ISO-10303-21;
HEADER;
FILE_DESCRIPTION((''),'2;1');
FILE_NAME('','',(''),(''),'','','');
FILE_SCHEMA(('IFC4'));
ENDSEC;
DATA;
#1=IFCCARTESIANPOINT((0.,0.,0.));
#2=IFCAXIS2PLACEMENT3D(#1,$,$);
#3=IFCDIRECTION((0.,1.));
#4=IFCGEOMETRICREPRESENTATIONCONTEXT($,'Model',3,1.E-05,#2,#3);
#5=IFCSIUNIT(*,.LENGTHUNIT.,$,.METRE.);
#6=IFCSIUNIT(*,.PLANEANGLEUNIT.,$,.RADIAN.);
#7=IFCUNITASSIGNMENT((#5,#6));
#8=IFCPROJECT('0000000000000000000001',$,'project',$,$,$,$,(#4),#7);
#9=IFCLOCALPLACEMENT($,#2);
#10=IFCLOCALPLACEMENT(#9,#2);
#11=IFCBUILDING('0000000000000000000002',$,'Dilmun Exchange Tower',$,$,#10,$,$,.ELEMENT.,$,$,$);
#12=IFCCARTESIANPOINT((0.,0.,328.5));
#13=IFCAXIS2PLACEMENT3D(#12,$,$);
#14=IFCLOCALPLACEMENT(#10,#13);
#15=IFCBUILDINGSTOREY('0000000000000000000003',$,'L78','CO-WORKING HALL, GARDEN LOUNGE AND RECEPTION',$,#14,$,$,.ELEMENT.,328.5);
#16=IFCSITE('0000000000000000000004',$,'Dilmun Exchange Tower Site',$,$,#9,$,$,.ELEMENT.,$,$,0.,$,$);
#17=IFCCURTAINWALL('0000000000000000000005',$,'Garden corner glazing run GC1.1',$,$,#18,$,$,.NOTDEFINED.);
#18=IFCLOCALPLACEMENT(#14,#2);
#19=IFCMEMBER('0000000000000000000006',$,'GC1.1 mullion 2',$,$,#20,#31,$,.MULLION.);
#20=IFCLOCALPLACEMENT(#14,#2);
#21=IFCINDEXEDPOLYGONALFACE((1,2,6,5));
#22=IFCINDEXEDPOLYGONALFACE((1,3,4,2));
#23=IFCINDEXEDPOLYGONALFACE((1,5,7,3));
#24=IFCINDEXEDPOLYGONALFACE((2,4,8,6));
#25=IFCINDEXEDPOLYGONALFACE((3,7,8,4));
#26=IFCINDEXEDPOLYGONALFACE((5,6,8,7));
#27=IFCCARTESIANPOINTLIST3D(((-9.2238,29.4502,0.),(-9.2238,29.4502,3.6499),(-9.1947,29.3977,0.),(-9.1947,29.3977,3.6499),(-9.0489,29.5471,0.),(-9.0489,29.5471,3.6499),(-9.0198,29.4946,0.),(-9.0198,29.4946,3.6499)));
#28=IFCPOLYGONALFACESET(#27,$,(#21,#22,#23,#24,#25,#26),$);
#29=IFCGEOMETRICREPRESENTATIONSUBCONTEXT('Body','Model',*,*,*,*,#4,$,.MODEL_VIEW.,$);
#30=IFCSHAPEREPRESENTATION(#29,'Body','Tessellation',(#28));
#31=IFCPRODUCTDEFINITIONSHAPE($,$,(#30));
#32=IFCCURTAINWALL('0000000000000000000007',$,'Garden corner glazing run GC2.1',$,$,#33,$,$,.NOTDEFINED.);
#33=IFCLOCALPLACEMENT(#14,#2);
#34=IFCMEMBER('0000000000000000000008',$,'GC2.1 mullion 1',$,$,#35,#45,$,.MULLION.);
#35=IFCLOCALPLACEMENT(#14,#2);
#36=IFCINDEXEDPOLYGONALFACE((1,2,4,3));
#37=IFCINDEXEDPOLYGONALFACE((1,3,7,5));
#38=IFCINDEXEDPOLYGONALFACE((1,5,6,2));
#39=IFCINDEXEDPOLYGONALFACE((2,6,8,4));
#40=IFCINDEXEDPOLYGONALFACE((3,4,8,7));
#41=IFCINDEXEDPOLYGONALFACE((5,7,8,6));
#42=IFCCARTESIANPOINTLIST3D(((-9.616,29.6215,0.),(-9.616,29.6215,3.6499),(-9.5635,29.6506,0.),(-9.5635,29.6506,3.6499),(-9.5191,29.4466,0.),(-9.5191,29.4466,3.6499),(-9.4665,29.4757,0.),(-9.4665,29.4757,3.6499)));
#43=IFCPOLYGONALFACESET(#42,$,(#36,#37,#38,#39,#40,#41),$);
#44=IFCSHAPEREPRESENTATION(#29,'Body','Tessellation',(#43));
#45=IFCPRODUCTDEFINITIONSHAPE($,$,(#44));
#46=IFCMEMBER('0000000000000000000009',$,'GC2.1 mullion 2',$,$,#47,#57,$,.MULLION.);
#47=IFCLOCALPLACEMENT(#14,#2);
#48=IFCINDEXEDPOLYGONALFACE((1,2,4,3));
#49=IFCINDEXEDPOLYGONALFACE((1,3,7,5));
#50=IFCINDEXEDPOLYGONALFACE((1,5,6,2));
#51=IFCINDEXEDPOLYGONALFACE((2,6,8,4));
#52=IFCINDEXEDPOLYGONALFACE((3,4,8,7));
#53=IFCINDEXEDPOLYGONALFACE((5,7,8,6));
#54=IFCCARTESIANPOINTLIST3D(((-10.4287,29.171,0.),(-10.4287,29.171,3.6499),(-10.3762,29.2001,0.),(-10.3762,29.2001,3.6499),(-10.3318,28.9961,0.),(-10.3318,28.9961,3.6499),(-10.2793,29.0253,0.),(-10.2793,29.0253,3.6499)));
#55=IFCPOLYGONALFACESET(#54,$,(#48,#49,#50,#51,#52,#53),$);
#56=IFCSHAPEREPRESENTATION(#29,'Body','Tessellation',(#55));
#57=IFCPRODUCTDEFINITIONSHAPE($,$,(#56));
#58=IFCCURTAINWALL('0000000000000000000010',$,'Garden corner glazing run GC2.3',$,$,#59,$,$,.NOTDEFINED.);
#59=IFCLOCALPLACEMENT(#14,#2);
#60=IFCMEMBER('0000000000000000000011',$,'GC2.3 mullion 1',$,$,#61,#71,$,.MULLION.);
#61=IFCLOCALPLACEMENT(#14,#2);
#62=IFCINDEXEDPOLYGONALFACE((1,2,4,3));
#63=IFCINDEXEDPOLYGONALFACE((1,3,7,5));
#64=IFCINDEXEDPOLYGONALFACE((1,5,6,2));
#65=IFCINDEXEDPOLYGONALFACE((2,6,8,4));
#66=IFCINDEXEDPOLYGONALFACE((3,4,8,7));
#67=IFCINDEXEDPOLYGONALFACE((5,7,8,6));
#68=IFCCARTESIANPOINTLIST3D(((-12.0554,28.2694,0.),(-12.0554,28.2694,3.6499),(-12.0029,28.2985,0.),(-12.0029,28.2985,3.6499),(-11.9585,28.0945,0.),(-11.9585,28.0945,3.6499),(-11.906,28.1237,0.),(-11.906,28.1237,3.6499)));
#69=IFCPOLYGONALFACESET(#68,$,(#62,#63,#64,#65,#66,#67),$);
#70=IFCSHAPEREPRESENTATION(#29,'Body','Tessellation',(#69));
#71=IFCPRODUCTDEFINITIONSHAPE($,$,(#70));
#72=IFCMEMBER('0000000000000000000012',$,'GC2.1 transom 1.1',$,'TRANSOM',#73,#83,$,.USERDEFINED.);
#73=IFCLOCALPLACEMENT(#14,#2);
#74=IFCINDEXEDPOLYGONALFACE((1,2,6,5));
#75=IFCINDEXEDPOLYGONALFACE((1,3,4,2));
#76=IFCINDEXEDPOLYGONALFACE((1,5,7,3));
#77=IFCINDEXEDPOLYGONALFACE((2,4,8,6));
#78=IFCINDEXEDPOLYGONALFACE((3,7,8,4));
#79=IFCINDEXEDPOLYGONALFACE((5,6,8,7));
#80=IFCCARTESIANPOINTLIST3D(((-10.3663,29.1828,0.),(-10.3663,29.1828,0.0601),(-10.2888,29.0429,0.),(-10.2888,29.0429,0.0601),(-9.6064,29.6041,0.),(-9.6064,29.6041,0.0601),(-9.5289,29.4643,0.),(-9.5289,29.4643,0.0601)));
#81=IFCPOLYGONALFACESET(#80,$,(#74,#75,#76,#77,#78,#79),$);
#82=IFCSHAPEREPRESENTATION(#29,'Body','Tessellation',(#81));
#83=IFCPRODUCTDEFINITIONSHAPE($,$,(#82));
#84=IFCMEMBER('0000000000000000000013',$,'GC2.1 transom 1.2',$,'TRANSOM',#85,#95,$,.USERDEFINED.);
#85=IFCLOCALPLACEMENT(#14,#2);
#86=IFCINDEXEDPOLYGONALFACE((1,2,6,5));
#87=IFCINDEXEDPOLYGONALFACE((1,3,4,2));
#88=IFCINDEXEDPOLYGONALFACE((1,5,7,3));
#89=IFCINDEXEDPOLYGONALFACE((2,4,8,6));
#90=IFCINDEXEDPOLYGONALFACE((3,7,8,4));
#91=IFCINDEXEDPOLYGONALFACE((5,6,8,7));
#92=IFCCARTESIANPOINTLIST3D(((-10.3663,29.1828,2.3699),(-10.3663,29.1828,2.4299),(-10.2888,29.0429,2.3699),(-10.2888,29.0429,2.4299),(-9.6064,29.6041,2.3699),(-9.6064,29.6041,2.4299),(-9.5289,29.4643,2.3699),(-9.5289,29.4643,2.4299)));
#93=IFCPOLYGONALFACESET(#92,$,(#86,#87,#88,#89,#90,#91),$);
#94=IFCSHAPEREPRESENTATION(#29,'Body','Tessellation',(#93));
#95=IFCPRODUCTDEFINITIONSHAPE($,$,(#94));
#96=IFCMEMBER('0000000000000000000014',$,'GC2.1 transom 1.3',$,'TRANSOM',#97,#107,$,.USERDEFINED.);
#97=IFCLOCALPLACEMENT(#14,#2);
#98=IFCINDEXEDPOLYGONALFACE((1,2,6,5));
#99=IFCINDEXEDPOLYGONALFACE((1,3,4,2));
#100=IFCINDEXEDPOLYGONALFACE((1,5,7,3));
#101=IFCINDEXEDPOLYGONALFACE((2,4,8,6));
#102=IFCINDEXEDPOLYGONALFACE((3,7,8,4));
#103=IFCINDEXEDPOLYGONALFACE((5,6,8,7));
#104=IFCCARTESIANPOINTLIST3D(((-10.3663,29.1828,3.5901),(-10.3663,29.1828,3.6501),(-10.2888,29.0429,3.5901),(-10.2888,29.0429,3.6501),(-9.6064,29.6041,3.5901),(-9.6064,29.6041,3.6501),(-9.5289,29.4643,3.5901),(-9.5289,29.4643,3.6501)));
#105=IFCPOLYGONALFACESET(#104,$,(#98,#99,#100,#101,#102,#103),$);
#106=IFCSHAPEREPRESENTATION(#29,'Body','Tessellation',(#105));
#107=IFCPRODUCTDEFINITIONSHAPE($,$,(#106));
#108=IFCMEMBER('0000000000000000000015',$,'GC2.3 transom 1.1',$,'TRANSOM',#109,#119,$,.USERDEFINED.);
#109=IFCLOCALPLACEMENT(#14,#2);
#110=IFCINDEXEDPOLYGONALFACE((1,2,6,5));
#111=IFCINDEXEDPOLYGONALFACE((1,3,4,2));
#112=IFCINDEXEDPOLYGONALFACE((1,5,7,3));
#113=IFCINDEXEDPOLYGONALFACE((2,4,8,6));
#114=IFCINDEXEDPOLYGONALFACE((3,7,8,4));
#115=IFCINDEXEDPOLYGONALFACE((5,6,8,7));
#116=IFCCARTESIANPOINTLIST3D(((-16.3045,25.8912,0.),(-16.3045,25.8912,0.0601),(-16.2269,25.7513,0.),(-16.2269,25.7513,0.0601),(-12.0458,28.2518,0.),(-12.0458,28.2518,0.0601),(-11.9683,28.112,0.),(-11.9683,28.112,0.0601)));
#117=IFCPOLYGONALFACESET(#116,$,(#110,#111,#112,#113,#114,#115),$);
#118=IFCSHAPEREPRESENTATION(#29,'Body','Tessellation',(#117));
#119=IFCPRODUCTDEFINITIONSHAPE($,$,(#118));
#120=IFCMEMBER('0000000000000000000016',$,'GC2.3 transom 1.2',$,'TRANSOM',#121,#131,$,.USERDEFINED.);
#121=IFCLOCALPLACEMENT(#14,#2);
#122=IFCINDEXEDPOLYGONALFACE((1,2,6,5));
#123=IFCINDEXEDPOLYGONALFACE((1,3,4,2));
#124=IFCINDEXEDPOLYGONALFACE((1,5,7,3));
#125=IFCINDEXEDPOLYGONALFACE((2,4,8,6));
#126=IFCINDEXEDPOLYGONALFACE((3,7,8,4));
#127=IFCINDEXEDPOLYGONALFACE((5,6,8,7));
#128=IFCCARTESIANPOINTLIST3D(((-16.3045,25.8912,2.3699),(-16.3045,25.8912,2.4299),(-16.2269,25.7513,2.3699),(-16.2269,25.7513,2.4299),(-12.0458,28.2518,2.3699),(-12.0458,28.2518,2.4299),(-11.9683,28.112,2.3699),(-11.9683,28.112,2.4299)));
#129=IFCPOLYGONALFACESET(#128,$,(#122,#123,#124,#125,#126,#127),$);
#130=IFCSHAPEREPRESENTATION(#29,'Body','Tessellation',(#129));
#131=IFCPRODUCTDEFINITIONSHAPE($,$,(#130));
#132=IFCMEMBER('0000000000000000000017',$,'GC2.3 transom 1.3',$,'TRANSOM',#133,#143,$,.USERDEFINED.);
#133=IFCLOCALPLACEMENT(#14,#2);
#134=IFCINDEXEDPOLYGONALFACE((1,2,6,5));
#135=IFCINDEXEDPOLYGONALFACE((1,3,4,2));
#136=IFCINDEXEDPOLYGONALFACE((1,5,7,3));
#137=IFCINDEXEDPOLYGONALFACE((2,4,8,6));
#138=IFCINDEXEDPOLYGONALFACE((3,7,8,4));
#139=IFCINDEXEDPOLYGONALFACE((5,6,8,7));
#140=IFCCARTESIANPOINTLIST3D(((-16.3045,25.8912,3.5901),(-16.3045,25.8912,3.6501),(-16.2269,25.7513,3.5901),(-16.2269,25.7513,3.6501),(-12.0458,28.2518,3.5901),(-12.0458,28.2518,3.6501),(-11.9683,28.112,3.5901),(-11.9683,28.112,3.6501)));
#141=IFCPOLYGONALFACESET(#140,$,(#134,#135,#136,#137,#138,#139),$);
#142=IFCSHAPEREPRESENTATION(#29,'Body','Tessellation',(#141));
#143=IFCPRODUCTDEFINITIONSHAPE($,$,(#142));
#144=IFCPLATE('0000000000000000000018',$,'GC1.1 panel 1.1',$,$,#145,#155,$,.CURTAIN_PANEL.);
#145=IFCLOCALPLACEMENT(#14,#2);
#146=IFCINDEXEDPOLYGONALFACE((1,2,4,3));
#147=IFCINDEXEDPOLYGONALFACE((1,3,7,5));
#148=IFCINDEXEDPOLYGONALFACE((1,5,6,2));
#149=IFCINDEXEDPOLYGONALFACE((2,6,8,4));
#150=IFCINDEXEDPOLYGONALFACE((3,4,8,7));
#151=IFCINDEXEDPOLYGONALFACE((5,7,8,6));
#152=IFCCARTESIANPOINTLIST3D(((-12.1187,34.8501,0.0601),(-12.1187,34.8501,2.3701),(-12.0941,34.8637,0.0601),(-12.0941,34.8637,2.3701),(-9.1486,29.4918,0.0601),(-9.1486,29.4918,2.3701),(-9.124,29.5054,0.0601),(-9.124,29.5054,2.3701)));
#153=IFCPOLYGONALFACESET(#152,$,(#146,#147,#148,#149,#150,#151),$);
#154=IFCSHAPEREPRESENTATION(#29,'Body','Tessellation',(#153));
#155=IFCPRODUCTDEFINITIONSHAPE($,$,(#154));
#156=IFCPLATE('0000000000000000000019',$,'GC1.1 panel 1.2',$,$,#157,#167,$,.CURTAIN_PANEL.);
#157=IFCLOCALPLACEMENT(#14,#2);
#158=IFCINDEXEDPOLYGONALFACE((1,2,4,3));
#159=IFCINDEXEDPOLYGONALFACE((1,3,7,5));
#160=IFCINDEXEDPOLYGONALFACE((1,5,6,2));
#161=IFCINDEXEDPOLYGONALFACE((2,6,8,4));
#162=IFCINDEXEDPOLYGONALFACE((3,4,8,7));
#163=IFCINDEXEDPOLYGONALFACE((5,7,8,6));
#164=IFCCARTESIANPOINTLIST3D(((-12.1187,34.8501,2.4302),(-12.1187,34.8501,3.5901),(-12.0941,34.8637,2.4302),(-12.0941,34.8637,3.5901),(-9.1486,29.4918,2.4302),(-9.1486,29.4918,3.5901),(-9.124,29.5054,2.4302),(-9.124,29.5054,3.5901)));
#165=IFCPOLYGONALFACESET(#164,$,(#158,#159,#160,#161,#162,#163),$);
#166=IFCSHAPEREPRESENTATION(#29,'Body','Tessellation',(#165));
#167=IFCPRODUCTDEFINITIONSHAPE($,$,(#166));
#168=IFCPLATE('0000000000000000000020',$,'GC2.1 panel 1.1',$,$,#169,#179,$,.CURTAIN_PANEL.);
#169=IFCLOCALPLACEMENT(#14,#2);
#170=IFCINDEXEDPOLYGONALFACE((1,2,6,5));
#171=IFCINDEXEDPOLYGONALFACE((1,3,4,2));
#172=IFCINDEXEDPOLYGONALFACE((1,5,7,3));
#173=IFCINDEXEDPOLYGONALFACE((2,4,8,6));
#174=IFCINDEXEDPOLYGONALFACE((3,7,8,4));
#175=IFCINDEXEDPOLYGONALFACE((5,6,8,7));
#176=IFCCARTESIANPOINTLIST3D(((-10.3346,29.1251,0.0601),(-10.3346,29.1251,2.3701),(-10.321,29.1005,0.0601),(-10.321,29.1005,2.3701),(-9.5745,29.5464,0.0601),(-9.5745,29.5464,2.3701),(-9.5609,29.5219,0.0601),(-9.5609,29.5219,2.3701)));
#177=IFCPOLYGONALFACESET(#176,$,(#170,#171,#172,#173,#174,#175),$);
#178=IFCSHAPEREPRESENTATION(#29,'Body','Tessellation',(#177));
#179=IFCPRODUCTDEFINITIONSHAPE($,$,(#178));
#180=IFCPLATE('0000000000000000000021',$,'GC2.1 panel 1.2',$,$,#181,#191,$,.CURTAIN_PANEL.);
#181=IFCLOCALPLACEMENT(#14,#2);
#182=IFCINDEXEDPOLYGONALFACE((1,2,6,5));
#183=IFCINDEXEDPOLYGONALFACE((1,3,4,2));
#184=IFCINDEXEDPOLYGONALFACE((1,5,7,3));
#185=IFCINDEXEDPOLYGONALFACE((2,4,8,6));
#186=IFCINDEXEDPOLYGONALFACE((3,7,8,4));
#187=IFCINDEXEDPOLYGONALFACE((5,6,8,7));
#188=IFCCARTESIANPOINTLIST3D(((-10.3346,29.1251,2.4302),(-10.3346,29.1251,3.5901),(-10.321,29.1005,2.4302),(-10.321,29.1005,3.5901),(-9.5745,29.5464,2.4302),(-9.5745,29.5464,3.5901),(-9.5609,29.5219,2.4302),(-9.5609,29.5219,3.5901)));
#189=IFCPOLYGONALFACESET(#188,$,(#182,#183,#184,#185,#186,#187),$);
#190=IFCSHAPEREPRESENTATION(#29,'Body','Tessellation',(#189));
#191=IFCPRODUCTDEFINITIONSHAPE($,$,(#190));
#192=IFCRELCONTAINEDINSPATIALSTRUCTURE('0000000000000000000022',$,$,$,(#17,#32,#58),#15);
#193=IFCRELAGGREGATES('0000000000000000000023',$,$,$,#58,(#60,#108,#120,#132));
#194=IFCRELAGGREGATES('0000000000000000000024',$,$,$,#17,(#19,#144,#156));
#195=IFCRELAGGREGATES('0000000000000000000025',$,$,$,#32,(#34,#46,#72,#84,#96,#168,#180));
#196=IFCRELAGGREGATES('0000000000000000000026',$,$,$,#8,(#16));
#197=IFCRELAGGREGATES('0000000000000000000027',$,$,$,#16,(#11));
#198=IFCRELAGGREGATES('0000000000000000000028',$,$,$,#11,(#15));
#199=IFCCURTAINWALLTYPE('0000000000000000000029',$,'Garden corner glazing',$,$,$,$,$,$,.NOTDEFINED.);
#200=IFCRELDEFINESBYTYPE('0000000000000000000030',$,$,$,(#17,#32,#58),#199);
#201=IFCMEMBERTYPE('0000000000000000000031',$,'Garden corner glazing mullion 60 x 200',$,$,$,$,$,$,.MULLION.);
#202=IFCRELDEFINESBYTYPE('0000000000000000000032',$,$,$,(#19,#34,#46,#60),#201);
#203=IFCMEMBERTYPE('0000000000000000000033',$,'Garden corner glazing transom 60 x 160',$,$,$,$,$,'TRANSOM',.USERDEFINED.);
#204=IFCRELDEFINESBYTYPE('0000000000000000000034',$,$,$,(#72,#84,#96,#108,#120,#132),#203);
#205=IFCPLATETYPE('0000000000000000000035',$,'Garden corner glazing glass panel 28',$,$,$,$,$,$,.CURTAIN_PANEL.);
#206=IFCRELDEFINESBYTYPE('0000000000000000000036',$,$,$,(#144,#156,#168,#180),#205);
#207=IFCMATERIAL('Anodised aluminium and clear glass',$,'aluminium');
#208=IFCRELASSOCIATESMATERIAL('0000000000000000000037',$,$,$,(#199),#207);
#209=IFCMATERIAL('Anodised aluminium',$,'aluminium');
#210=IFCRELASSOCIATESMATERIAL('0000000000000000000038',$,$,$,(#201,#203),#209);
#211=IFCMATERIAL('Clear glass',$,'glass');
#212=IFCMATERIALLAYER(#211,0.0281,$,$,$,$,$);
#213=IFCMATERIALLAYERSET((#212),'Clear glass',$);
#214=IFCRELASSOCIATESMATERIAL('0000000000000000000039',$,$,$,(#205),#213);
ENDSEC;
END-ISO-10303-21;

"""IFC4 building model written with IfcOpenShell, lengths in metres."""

from ifc_helpers import new_model, si_unit, direction, frame, origin, origin_2d, place, context, subcontext, project, spatial, rectangle, extrude, material, layer, layer_set, material_profile, profile_set, type_object, element, aggregate, save


model = new_model("IFC4")

# Units and contexts
model_context = context("Model", 3, precision=1e-05, world=origin(), true_north=direction((0.0, 1.0)))
body_context = subcontext(model_context, "Body", "Model", "MODEL_VIEW")
ifc_project = project(units=[si_unit("LENGTHUNIT", "METRE"), si_unit("PLANEANGLEUNIT", "RADIAN")], contexts=[model_context])

# Site, building, storey
site_placement = place(None, origin())
site = spatial("IfcSite", under=ifc_project, at=site_placement, Name="Dilmun Exchange Tower Site", CompositionType="ELEMENT", RefElevation=0.0)
building_placement = place(site_placement, origin())
building = spatial("IfcBuilding", under=site, at=building_placement, Name="Dilmun Exchange Tower", CompositionType="ELEMENT")
storey_placement = place(building_placement, frame((0.0, 0.0, 328.5)))
storey = spatial("IfcBuildingStorey", under=building, at=storey_placement, Name="L78", Description="CO-WORKING HALL, GARDEN LOUNGE AND RECEPTION", CompositionType="ELEMENT", Elevation=328.5)

# Curtain wall, member
ifc_material_1 = material(Name="Anodised aluminium and clear glass", Category="aluminium")
curtain_wall_type = type_object("IfcCurtainWallType", Name="Garden corner glazing", PredefinedType="NOTDEFINED", material=ifc_material_1)
curtain_wall_1_placement = place(storey_placement, origin())
curtain_wall_1 = element("IfcCurtainWall", 1, at=curtain_wall_1_placement, inside=storey, type_object=curtain_wall_type, Name="Garden corner glazing run GC1.1", PredefinedType="NOTDEFINED")
ifc_material_2 = material(Name="Anodised aluminium", Category="aluminium")
ifc_material_profile_1 = material_profile(ifc_material_2, rectangle(XDim=0.2, YDim=0.0601, at=origin_2d()), Name="AL 60x200")
ifc_profile_set_1 = profile_set([ifc_material_profile_1], Name="Anodised aluminium")
member_type_1 = type_object("IfcMemberType", Name="Garden corner glazing mullion 60 x 200", PredefinedType="MULLION", material=ifc_profile_set_1)
member_1_placement = place(storey_placement, frame((-9.1218, 29.4724, 0.0), z_axis=(0.0, 0.0, 1.0), x_axis=(0.874624, 0.484803, 0.0)))
member_1 = element("IfcMember", 2, at=member_1_placement, type_object=member_type_1, Name="GC1.1 mullion 2", PredefinedType="MULLION", context=body_context, shape_type="SweptSolid", body=[
    extrude(rectangle(XDim=0.2, YDim=0.0601, at=origin_2d()), origin(), (0.0, 0.0, 1.0), 3.6499),
])

# Curtain wall, members
curtain_wall_2_placement = place(storey_placement, origin())
curtain_wall_2 = element("IfcCurtainWall", 3, at=curtain_wall_2_placement, inside=storey, type_object=curtain_wall_type, Name="Garden corner glazing run GC2.1", PredefinedType="NOTDEFINED")
member_2_placement = place(storey_placement, frame((-9.5413, 29.5486, 0.0), z_axis=(0.0, 0.0, 1.0), x_axis=(0.484784, -0.874634, 0.0)))
member_2 = element("IfcMember", 4, at=member_2_placement, type_object=member_type_1, Name="GC2.1 mullion 1", PredefinedType="MULLION", context=body_context, shape_type="SweptSolid", body=[
    extrude(rectangle(XDim=0.2, YDim=0.0601, at=origin_2d()), origin(), (0.0, 0.0, 1.0), 3.6499),
])
member_3_placement = place(storey_placement, frame((-10.354, 29.0981, 0.0), z_axis=(0.0, 0.0, 1.0), x_axis=(0.484784, -0.874634, 0.0)))
member_3 = element("IfcMember", 5, at=member_3_placement, type_object=member_type_1, Name="GC2.1 mullion 2", PredefinedType="MULLION", context=body_context, shape_type="SweptSolid", body=[
    extrude(rectangle(XDim=0.2, YDim=0.0601, at=origin_2d()), origin(), (0.0, 0.0, 1.0), 3.6499),
])

# Curtain wall, member
curtain_wall_3_placement = place(storey_placement, origin())
curtain_wall_3 = element("IfcCurtainWall", 6, at=curtain_wall_3_placement, inside=storey, type_object=curtain_wall_type, Name="Garden corner glazing run GC2.3", PredefinedType="NOTDEFINED")
member_4_placement = place(storey_placement, frame((-11.9807, 28.1965, 0.0), z_axis=(0.0, 0.0, 1.0), x_axis=(0.484812, -0.874618, 0.0)))
member_4 = element("IfcMember", 7, at=member_4_placement, type_object=member_type_1, Name="GC2.3 mullion 1", PredefinedType="MULLION", context=body_context, shape_type="SweptSolid", body=[
    extrude(rectangle(XDim=0.2, YDim=0.0601, at=origin_2d()), origin(), (0.0, 0.0, 1.0), 3.6499),
])

# Members
ifc_material_profile_2 = material_profile(ifc_material_2, rectangle(XDim=0.1599, YDim=0.0601, at=origin_2d()), Name="AL 60x160")
ifc_profile_set_2 = profile_set([ifc_material_profile_2], Name="Anodised aluminium")
member_type_2 = type_object("IfcMemberType", Name="Garden corner glazing transom 60 x 160", ElementType="TRANSOM", PredefinedType="USERDEFINED", material=ifc_profile_set_2)
member_5_placement = place(storey_placement, frame((-9.5676, 29.5342, 0.03), z_axis=(-0.874568, -0.484903, 0.0), x_axis=(0.484903, -0.874568, 0.0)))
member_5 = element("IfcMember", 8, at=member_5_placement, type_object=member_type_2, Name="GC2.1 transom 1.1", ObjectType="TRANSOM", PredefinedType="USERDEFINED", context=body_context, shape_type="SweptSolid", body=[
    extrude(rectangle(XDim=0.1599, YDim=0.0601, at=origin_2d()), origin(), (0.0, 0.0, 1.0), 0.8689),
])
member_6_placement = place(storey_placement, frame((-9.5676, 29.5342, 2.3999), z_axis=(-0.874568, -0.484903, 0.0), x_axis=(0.484903, -0.874568, 0.0)))
member_6 = element("IfcMember", 9, at=member_6_placement, type_object=member_type_2, Name="GC2.1 transom 1.2", ObjectType="TRANSOM", PredefinedType="USERDEFINED", context=body_context, shape_type="SweptSolid", body=[
    extrude(rectangle(XDim=0.1599, YDim=0.0601, at=origin_2d()), origin(), (0.0, 0.0, 1.0), 0.8689),
])
member_7_placement = place(storey_placement, frame((-9.5676, 29.5342, 3.6201), z_axis=(-0.874568, -0.484903, 0.0), x_axis=(0.484903, -0.874568, 0.0)))
member_7 = element("IfcMember", 10, at=member_7_placement, type_object=member_type_2, Name="GC2.1 transom 1.3", ObjectType="TRANSOM", PredefinedType="USERDEFINED", context=body_context, shape_type="SweptSolid", body=[
    extrude(rectangle(XDim=0.1599, YDim=0.0601, at=origin_2d()), origin(), (0.0, 0.0, 1.0), 0.8689),
])
member_8_placement = place(storey_placement, frame((-12.0071, 28.1819, 0.03), z_axis=(-0.874616, -0.484817, 0.0), x_axis=(0.484817, -0.874616, 0.0)))
member_8 = element("IfcMember", 11, at=member_8_placement, type_object=member_type_2, Name="GC2.3 transom 1.1", ObjectType="TRANSOM", PredefinedType="USERDEFINED", context=body_context, shape_type="SweptSolid", body=[
    extrude(rectangle(XDim=0.1599, YDim=0.0601, at=origin_2d()), origin(), (0.0, 0.0, 1.0), 4.8691),
])
member_9_placement = place(storey_placement, frame((-12.0071, 28.1819, 2.3999), z_axis=(-0.874616, -0.484817, 0.0), x_axis=(0.484817, -0.874616, 0.0)))
member_9 = element("IfcMember", 12, at=member_9_placement, type_object=member_type_2, Name="GC2.3 transom 1.2", ObjectType="TRANSOM", PredefinedType="USERDEFINED", context=body_context, shape_type="SweptSolid", body=[
    extrude(rectangle(XDim=0.1599, YDim=0.0601, at=origin_2d()), origin(), (0.0, 0.0, 1.0), 4.8691),
])
member_10_placement = place(storey_placement, frame((-12.0071, 28.1819, 3.6201), z_axis=(-0.874616, -0.484817, 0.0), x_axis=(0.484817, -0.874616, 0.0)))
member_10 = element("IfcMember", 13, at=member_10_placement, type_object=member_type_2, Name="GC2.3 transom 1.3", ObjectType="TRANSOM", PredefinedType="USERDEFINED", context=body_context, shape_type="SweptSolid", body=[
    extrude(rectangle(XDim=0.1599, YDim=0.0601, at=origin_2d()), origin(), (0.0, 0.0, 1.0), 4.8691),
])
aggregate(curtain_wall_3, [member_4, member_8, member_9, member_10])

# Plates
ifc_material_3 = material(Name="Clear glass", Category="glass")
ifc_layer_1 = layer(ifc_material_3, 0.0281)
ifc_layer_set_1 = layer_set([ifc_layer_1], Name="Clear glass")
plate_type = type_object("IfcPlateType", Name="Garden corner glazing glass panel 28", PredefinedType="CURTAIN_PANEL", material=ifc_layer_set_1)
plate_1_placement = place(storey_placement, frame((-10.6213, 32.1777, 0.0601), z_axis=(0.0, 0.0, 1.0), x_axis=(0.484803, -0.874624, 0.0)))
plate_1 = element("IfcPlate", 14, at=plate_1_placement, type_object=plate_type, Name="GC1.1 panel 1.1", PredefinedType="CURTAIN_PANEL", context=body_context, shape_type="SweptSolid", body=[
    extrude(rectangle(XDim=6.1265, YDim=0.0281, at=origin_2d()), origin(), (0.0, 0.0, 1.0), 2.3101),
])
plate_2_placement = place(storey_placement, frame((-10.6213, 32.1777, 2.4302), z_axis=(0.0, 0.0, 1.0), x_axis=(0.484803, -0.874624, 0.0)))
plate_2 = element("IfcPlate", 15, at=plate_2_placement, type_object=plate_type, Name="GC1.1 panel 1.2", PredefinedType="CURTAIN_PANEL", context=body_context, shape_type="SweptSolid", body=[
    extrude(rectangle(XDim=6.1265, YDim=0.0281, at=origin_2d()), origin(), (0.0, 0.0, 1.0), 1.1599),
])
aggregate(curtain_wall_1, [member_1, plate_1, plate_2])
plate_3_placement = place(storey_placement, frame((-9.9478, 29.3235, 0.0601), z_axis=(0.0, 0.0, 1.0), x_axis=(-0.874634, -0.484784, 0.0)))
plate_3 = element("IfcPlate", 16, at=plate_3_placement, type_object=plate_type, Name="GC2.1 panel 1.1", PredefinedType="CURTAIN_PANEL", context=body_context, shape_type="SweptSolid", body=[
    extrude(rectangle(XDim=0.8691, YDim=0.0281, at=origin_2d()), origin(), (0.0, 0.0, 1.0), 2.3101),
])
plate_4_placement = place(storey_placement, frame((-9.9478, 29.3235, 2.4302), z_axis=(0.0, 0.0, 1.0), x_axis=(-0.874634, -0.484784, 0.0)))
plate_4 = element("IfcPlate", 17, at=plate_4_placement, type_object=plate_type, Name="GC2.1 panel 1.2", PredefinedType="CURTAIN_PANEL", context=body_context, shape_type="SweptSolid", body=[
    extrude(rectangle(XDim=0.8691, YDim=0.0281, at=origin_2d()), origin(), (0.0, 0.0, 1.0), 1.1599),
])
aggregate(curtain_wall_2, [member_2, member_3, member_5, member_6, member_7, plate_3, plate_4])

save(model, "model.ifc")
